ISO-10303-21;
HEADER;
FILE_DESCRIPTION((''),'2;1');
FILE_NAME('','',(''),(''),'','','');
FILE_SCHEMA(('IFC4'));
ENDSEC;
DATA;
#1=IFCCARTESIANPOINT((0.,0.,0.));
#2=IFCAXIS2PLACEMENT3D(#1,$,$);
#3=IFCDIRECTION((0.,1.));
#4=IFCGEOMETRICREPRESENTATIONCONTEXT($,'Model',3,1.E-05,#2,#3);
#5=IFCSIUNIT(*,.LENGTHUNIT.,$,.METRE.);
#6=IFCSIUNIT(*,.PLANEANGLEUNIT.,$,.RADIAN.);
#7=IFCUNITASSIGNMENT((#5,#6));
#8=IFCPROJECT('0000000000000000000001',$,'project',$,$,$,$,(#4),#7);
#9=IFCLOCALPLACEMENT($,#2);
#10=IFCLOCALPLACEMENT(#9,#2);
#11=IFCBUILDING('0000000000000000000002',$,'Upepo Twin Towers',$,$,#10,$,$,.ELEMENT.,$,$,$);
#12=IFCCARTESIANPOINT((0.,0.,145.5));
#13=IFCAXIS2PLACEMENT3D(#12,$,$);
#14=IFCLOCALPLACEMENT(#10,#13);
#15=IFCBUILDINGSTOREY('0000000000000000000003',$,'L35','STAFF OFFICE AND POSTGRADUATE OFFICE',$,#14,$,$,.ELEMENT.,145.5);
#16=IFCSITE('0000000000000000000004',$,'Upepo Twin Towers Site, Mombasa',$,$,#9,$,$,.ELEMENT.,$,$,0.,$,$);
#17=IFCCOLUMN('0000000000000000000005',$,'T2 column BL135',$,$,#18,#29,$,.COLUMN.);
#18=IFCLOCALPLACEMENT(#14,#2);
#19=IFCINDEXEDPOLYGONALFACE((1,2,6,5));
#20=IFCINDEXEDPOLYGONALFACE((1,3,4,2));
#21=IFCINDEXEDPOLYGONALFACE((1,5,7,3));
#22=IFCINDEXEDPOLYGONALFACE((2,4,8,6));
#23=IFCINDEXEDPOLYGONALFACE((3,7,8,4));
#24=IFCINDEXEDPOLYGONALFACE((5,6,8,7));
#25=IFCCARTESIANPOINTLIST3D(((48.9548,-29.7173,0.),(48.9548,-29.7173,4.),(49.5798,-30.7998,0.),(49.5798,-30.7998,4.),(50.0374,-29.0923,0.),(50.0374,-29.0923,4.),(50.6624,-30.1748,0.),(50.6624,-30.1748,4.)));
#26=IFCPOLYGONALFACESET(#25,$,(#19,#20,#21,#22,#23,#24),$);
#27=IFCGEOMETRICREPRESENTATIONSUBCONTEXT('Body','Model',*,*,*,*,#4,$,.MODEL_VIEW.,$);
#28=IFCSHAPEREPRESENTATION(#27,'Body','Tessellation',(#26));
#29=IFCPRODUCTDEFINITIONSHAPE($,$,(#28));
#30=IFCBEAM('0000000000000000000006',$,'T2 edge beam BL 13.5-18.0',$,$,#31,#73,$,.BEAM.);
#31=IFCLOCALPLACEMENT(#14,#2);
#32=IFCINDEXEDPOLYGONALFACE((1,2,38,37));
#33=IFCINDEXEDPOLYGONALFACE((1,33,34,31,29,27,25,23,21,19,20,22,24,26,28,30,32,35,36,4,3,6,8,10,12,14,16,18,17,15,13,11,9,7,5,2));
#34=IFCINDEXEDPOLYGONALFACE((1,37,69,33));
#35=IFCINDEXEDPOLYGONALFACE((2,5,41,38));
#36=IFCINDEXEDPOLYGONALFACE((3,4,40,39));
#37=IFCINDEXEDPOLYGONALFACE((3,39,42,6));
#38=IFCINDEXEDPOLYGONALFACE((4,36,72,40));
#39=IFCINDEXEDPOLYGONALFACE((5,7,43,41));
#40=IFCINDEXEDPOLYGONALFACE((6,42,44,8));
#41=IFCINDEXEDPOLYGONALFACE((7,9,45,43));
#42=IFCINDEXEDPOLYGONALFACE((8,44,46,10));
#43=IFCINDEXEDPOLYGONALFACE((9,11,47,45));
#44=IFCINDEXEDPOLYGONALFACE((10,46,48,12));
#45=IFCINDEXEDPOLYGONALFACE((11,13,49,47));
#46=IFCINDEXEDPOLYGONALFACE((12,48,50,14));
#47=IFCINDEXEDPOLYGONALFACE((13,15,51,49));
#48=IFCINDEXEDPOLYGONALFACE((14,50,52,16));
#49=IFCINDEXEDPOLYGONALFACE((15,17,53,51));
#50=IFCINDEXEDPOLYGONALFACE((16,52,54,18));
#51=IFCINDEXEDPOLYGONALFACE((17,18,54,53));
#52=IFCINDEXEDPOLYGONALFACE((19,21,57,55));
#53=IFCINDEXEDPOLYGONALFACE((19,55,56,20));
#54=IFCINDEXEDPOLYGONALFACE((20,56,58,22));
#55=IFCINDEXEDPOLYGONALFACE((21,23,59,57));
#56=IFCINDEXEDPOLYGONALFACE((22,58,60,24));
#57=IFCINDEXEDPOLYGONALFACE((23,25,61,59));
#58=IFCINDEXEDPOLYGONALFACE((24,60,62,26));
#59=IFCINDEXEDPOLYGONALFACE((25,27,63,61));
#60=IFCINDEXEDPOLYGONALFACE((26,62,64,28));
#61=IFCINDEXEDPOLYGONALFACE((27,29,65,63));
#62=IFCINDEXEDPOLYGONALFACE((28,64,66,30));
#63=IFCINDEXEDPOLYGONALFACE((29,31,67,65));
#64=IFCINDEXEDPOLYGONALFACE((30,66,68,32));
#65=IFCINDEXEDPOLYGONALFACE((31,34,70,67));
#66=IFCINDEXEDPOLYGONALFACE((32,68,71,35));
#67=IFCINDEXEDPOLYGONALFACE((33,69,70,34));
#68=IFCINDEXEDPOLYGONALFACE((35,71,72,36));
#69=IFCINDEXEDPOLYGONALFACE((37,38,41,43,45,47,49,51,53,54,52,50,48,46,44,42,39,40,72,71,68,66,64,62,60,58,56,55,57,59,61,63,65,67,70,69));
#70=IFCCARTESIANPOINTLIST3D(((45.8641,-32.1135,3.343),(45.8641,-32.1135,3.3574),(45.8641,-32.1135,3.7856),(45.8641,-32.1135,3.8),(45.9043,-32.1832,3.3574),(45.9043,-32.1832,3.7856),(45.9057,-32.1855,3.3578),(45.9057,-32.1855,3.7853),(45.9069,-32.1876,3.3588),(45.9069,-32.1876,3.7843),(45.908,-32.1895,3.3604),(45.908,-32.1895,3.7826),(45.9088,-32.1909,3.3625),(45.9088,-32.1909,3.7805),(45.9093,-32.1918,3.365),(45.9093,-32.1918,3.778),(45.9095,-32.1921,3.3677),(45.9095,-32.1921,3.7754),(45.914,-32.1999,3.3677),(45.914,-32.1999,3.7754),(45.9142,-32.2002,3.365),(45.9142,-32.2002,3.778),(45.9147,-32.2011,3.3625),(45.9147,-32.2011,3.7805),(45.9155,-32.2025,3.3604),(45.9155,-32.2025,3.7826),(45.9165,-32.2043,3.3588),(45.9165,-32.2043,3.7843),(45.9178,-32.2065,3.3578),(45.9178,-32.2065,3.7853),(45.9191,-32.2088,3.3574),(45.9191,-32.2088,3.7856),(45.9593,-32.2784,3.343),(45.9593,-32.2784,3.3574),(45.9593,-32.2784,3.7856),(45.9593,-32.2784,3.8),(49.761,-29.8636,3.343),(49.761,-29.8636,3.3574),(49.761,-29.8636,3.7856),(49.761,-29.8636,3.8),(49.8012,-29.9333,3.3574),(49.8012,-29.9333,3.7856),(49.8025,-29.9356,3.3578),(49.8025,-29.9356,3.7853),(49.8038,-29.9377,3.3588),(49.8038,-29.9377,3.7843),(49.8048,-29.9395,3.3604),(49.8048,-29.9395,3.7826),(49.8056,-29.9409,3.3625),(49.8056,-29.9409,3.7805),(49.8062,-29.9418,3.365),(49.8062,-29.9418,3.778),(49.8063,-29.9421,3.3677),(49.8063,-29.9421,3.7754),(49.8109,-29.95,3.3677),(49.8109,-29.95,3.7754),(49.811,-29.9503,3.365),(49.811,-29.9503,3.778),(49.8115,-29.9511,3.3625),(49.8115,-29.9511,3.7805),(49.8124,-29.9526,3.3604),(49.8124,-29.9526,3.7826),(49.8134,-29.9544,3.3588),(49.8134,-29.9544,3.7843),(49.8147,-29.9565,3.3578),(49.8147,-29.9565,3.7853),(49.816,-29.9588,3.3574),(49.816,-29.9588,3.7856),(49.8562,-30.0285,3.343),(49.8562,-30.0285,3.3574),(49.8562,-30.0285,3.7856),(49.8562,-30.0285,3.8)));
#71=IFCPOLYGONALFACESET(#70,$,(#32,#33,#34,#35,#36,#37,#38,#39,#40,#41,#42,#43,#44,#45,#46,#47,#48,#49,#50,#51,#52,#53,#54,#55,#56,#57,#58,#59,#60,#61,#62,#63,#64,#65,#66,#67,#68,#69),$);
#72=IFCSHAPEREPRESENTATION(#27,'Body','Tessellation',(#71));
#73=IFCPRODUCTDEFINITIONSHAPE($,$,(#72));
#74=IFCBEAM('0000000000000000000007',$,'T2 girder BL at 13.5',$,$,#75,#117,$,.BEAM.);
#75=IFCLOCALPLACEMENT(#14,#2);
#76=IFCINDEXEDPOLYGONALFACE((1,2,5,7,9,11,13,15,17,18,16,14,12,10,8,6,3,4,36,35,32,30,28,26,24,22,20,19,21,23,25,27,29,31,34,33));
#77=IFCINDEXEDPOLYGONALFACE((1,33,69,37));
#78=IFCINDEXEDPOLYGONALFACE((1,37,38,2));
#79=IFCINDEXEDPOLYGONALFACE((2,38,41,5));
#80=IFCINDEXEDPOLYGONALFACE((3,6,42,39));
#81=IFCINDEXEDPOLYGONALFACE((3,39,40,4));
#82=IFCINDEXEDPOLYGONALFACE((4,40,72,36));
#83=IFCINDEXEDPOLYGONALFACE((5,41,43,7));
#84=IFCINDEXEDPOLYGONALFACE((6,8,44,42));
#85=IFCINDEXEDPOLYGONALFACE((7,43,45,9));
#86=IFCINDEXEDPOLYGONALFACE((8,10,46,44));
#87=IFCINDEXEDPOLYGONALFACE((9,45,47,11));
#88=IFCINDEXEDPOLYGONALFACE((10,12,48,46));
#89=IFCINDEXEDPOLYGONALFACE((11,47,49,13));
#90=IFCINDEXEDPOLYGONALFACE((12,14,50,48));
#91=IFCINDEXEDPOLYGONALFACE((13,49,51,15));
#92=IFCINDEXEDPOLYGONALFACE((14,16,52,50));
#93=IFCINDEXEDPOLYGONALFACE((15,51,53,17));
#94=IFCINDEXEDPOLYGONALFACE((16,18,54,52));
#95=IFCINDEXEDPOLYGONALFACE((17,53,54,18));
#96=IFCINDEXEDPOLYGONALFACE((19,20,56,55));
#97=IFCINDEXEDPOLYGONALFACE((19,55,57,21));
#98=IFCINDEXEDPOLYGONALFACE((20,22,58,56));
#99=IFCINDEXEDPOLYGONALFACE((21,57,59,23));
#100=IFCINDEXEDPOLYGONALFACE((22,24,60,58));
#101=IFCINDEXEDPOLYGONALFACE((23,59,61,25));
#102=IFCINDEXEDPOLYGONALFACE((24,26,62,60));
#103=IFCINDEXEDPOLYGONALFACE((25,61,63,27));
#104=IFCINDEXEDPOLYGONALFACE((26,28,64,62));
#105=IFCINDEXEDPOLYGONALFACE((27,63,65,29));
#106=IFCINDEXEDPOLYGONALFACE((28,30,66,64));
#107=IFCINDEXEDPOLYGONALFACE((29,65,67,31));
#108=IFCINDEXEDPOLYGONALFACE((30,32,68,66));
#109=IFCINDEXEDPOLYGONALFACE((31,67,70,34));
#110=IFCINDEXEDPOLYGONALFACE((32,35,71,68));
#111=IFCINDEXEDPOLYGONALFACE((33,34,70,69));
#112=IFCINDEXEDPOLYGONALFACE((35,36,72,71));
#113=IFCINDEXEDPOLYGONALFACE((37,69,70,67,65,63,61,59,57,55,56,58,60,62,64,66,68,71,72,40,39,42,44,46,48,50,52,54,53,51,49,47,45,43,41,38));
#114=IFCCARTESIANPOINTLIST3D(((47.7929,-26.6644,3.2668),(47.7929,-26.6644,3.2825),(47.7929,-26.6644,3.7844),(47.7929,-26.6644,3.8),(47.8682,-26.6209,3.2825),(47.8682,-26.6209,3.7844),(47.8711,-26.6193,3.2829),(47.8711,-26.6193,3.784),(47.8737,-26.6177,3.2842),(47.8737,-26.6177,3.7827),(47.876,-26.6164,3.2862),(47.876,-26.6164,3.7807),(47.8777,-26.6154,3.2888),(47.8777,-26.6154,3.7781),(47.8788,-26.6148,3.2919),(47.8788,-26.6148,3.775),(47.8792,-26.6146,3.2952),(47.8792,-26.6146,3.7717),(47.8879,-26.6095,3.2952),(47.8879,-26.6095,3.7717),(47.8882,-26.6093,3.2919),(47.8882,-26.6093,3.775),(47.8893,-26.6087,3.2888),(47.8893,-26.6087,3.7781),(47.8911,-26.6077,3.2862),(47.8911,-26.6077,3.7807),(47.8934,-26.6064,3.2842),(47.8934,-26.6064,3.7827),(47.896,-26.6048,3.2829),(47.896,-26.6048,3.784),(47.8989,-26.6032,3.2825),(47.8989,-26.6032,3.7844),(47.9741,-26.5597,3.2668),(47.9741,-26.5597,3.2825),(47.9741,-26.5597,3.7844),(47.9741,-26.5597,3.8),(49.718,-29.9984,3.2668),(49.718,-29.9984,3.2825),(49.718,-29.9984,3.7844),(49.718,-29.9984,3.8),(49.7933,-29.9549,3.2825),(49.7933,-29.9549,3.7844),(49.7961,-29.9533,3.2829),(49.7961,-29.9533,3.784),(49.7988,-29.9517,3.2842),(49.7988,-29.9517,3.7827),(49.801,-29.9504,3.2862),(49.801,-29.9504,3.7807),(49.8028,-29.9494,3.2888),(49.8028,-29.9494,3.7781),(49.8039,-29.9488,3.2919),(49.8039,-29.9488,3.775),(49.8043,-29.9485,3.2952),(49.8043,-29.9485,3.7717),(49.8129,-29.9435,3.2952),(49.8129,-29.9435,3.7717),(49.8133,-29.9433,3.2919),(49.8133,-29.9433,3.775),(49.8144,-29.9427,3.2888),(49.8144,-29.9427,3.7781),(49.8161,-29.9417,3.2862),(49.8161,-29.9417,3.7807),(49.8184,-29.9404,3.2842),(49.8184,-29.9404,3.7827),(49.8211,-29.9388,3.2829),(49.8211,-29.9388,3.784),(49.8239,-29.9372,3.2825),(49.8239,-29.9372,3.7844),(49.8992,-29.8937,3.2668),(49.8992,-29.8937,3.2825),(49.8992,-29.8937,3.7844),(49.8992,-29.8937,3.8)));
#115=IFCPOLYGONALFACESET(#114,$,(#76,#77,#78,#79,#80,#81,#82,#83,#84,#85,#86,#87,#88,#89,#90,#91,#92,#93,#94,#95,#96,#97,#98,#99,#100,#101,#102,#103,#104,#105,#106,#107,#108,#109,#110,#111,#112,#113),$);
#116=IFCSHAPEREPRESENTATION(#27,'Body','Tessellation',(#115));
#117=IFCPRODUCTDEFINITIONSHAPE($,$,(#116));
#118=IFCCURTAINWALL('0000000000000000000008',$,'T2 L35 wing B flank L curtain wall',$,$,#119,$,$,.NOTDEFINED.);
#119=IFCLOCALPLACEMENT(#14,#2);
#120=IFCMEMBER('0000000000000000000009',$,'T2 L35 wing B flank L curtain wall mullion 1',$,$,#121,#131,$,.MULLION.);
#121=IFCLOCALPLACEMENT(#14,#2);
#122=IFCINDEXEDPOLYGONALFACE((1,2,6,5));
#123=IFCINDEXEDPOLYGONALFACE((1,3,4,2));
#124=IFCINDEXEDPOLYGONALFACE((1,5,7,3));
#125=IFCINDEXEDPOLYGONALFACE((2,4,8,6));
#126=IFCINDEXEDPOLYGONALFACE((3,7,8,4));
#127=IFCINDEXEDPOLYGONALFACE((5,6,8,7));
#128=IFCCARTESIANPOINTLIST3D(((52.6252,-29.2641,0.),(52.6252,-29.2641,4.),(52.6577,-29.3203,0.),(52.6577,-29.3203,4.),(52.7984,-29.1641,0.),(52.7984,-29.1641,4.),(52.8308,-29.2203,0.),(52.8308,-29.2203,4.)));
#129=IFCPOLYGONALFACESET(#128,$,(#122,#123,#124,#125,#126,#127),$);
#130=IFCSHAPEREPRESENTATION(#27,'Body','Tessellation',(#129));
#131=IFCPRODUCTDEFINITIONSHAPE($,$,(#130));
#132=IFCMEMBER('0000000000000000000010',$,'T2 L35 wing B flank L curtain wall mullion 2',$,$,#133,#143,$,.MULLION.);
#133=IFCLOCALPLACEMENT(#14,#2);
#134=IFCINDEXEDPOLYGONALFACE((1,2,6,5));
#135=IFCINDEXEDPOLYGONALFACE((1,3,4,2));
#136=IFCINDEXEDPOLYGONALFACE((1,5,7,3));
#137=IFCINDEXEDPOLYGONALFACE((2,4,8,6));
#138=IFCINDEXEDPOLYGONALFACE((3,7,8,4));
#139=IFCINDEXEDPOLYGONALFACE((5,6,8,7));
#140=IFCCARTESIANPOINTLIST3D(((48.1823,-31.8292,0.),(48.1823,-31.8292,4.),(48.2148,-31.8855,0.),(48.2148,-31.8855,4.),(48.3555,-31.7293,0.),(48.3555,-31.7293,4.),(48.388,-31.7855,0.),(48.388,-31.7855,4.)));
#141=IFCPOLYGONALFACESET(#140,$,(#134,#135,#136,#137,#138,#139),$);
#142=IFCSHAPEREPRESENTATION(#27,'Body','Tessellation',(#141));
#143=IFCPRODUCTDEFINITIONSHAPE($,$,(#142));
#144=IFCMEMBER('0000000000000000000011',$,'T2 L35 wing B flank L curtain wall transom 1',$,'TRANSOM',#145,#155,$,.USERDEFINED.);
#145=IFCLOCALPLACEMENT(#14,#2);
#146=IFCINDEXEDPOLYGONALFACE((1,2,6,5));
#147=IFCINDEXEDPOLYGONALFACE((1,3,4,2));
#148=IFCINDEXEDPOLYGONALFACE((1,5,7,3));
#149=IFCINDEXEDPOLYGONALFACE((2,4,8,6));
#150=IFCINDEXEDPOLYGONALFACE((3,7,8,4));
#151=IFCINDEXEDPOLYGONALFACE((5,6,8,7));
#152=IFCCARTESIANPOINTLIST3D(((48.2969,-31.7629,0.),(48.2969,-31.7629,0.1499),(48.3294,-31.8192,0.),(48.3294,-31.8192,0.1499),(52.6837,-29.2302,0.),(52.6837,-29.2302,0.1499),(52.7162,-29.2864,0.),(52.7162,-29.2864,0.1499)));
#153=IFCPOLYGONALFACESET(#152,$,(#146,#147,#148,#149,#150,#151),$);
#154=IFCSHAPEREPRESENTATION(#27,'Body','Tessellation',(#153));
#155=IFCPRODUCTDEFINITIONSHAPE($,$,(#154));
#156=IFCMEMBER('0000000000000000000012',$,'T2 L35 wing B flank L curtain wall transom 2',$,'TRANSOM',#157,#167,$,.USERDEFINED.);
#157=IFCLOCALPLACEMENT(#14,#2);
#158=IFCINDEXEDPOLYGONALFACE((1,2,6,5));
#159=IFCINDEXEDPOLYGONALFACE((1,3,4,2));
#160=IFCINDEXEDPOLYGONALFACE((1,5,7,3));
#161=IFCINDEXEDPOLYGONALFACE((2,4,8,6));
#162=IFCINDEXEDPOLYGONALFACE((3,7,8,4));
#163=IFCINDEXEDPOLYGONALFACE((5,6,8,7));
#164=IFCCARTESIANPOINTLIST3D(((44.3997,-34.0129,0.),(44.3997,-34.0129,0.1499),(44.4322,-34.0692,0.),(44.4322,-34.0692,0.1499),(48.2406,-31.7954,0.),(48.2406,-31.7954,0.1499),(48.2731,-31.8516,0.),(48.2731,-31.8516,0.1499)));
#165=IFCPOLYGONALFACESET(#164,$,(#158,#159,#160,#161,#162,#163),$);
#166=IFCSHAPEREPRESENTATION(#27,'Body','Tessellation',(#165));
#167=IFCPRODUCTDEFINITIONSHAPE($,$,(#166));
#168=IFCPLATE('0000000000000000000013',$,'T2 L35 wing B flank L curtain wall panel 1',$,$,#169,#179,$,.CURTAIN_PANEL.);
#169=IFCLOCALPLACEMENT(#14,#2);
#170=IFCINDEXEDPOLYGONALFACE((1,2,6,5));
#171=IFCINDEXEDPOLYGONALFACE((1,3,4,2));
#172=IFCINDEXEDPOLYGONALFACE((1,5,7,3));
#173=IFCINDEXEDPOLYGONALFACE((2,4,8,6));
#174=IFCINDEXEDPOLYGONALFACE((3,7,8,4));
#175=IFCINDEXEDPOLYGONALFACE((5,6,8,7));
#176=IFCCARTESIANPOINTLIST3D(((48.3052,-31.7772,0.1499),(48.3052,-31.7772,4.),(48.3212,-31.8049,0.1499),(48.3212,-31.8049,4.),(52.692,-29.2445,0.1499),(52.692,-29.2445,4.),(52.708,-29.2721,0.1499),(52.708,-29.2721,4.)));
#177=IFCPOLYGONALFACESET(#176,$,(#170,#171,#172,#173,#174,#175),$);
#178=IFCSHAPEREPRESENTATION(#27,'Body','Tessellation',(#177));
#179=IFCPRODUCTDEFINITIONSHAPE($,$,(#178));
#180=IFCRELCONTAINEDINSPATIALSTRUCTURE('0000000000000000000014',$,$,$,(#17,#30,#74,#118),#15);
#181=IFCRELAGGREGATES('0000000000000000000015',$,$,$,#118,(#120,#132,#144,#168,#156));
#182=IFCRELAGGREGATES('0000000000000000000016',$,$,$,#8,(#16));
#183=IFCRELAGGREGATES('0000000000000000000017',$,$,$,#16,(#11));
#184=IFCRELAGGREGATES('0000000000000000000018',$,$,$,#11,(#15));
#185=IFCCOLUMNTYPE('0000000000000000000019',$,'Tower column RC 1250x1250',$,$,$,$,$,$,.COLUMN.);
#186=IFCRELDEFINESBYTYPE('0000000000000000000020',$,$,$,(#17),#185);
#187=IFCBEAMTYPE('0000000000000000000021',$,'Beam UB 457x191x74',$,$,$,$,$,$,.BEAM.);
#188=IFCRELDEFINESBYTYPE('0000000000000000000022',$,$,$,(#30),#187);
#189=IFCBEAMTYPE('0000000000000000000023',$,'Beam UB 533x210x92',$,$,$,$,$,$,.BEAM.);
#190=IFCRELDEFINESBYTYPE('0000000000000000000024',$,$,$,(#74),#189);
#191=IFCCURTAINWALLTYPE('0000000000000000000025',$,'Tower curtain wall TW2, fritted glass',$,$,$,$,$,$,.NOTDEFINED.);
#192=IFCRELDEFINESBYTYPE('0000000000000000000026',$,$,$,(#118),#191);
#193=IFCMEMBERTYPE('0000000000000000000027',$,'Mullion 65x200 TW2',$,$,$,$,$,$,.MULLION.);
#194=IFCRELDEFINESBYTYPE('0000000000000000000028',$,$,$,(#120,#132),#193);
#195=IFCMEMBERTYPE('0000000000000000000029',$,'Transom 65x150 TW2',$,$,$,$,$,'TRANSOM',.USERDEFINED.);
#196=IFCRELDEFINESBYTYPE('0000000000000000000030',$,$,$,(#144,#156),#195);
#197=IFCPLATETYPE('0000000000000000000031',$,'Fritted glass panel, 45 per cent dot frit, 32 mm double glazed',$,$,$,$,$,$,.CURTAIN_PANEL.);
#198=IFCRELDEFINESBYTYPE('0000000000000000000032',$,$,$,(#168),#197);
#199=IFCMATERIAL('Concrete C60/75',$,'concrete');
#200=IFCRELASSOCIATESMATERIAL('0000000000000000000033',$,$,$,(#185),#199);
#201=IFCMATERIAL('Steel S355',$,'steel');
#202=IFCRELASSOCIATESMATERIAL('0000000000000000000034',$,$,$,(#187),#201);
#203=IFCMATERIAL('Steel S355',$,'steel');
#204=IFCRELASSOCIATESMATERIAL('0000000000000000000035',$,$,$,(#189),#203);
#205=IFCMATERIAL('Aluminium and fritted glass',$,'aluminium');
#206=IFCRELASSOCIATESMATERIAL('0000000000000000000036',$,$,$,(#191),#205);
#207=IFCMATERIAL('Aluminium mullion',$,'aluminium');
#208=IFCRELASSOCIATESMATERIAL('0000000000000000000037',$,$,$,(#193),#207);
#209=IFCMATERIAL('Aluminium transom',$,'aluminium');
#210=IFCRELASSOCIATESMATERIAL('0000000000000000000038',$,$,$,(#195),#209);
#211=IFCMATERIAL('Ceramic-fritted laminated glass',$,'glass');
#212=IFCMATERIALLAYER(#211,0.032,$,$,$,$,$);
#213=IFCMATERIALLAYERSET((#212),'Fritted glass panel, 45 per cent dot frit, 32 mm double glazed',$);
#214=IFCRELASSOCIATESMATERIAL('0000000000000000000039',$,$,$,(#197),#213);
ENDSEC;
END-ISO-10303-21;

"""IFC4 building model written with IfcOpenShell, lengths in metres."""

from ifc_helpers import new_model, si_unit, direction, frame, origin, origin_2d, place, context, subcontext, project, spatial, rectangle, i_section, extrude, material, layer, layer_set, material_profile, profile_set, type_object, element, aggregate, save


model = new_model("IFC4")

# Units and contexts
model_context = context("Model", 3, precision=1e-05, world=origin(), true_north=direction((0.0, 1.0)))
body_context = subcontext(model_context, "Body", "Model", "MODEL_VIEW")
ifc_project = project(units=[si_unit("LENGTHUNIT", "METRE"), si_unit("PLANEANGLEUNIT", "RADIAN")], contexts=[model_context])

# Site, building, storey
site_placement = place(None, origin())
site = spatial("IfcSite", under=ifc_project, at=site_placement, Name="Upepo Twin Towers Site, Mombasa", CompositionType="ELEMENT", RefElevation=0.0)
building_placement = place(site_placement, origin())
building = spatial("IfcBuilding", under=site, at=building_placement, Name="Upepo Twin Towers", CompositionType="ELEMENT")
storey_placement = place(building_placement, frame((0.0, 0.0, 145.5)))
storey = spatial("IfcBuildingStorey", under=building, at=storey_placement, Name="L35", Description="STAFF OFFICE AND POSTGRADUATE OFFICE", CompositionType="ELEMENT", Elevation=145.5)

# Column
ifc_material_1 = material(Name="Concrete C60/75", Category="concrete")
ifc_material_profile_1 = material_profile(ifc_material_1, rectangle(XDim=1.25, YDim=1.25, at=origin_2d()), Name="RC 1250x1250")
ifc_profile_set_1 = profile_set([ifc_material_profile_1], Name="Concrete C60/75")
column_type = type_object("IfcColumnType", Name="Tower column RC 1250x1250", PredefinedType="COLUMN", material=ifc_profile_set_1)
column_placement = place(storey_placement, frame((49.8086, -29.946, 0.0), z_axis=(0.0, 0.0, 1.0), x_axis=(0.866025, 0.5, 0.0)))
element("IfcColumn", 1, at=column_placement, inside=storey, type_object=column_type, Name="T2 column BL135", PredefinedType="COLUMN", context=body_context, shape_type="SweptSolid", body=[
    extrude(rectangle(XDim=1.25, YDim=1.25, at=origin_2d()), origin(), (0.0, 0.0, 1.0), 4.0),
])

# Beams
ifc_material_2 = material(Name="Steel S355", Category="steel")
ifc_material_profile_2 = material_profile(ifc_material_2, i_section(OverallWidth=0.1904, OverallDepth=0.457, WebThickness=0.009, FlangeThickness=0.0144, FilletRadius=0.0103, at=origin_2d()), Name="UB 457x191x74")
ifc_profile_set_2 = profile_set([ifc_material_profile_2], Name="Steel S355")
beam_type_1 = type_object("IfcBeamType", Name="Beam UB 457x191x74", PredefinedType="BEAM", material=ifc_profile_set_2)
beam_1_placement = place(storey_placement, frame((49.8086, -29.946, 3.5715), z_axis=(-0.866018, -0.500014, 0.0), x_axis=(0.500014, -0.866018, 0.0)))
element("IfcBeam", 2, at=beam_1_placement, inside=storey, type_object=beam_type_1, Name="T2 edge beam BL 13.5-18.0", PredefinedType="BEAM", context=body_context, shape_type="SweptSolid", body=[
    extrude(i_section(OverallWidth=0.1904, OverallDepth=0.457, WebThickness=0.009, FlangeThickness=0.0144, FilletRadius=0.0103, at=origin_2d()), origin(), (0.0, 0.0, 1.0), 4.4998),
])
ifc_material_3 = material(Name="Steel S355", Category="steel")
ifc_material_profile_3 = material_profile(ifc_material_3, i_section(OverallWidth=0.2092, OverallDepth=0.5332, WebThickness=0.01, FlangeThickness=0.0156, FilletRadius=0.0127, at=origin_2d()), Name="UB 533x210x92")
ifc_profile_set_3 = profile_set([ifc_material_profile_3], Name="Steel S355")
beam_type_2 = type_object("IfcBeamType", Name="Beam UB 533x210x92", PredefinedType="BEAM", material=ifc_profile_set_3)
beam_2_placement = place(storey_placement, frame((49.8086, -29.946, 3.5334), z_axis=(-0.500034, 0.866006, 0.0), x_axis=(-0.866006, -0.500034, 0.0)))
element("IfcBeam", 3, at=beam_2_placement, inside=storey, type_object=beam_type_2, Name="T2 girder BL at 13.5", PredefinedType="BEAM", context=body_context, shape_type="SweptSolid", body=[
    extrude(i_section(OverallWidth=0.2092, OverallDepth=0.5332, WebThickness=0.01, FlangeThickness=0.0156, FilletRadius=0.0127, at=origin_2d()), origin(), (0.0, 0.0, 1.0), 3.8499),
])

# Curtain wall, members, plate
ifc_material_4 = material(Name="Aluminium and fritted glass", Category="aluminium")
curtain_wall_type = type_object("IfcCurtainWallType", Name="Tower curtain wall TW2, fritted glass", PredefinedType="NOTDEFINED", material=ifc_material_4)
curtain_wall_placement = place(storey_placement, origin())
curtain_wall = element("IfcCurtainWall", 4, at=curtain_wall_placement, inside=storey, type_object=curtain_wall_type, Name="T2 L35 wing B flank L curtain wall", PredefinedType="NOTDEFINED")
ifc_material_5 = material(Name="Aluminium mullion", Category="aluminium")
ifc_material_profile_4 = material_profile(ifc_material_5, rectangle(XDim=0.0649, YDim=0.2, at=origin_2d()), Name="MULLION 65x200")
ifc_profile_set_4 = profile_set([ifc_material_profile_4], Name="Aluminium mullion")
member_type_1 = type_object("IfcMemberType", Name="Mullion 65x200 TW2", PredefinedType="MULLION", material=ifc_profile_set_4)
member_1_placement = place(storey_placement, frame((52.728, -29.2422, 0.0), z_axis=(0.0, 0.0, 1.0), x_axis=(0.5, -0.866025, 0.0)))
member_1 = element("IfcMember", 5, at=member_1_placement, type_object=member_type_1, Name="T2 L35 wing B flank L curtain wall mullion 1", PredefinedType="MULLION", context=body_context, shape_type="SweptSolid", body=[
    extrude(rectangle(XDim=0.0649, YDim=0.2, at=origin_2d()), origin(), (0.0, 0.0, 1.0), 4.0),
])
member_2_placement = place(storey_placement, frame((48.2852, -31.8074, 0.0), z_axis=(0.0, 0.0, 1.0), x_axis=(0.5, -0.866025, 0.0)))
member_2 = element("IfcMember", 6, at=member_2_placement, type_object=member_type_1, Name="T2 L35 wing B flank L curtain wall mullion 2", PredefinedType="MULLION", context=body_context, shape_type="SweptSolid", body=[
    extrude(rectangle(XDim=0.0649, YDim=0.2, at=origin_2d()), origin(), (0.0, 0.0, 1.0), 4.0),
])
ifc_material_6 = material(Name="Aluminium transom", Category="aluminium")
ifc_material_profile_5 = material_profile(ifc_material_6, rectangle(XDim=0.0649, YDim=0.1499, at=origin_2d()), Name="TRANSOM 65x150")
ifc_profile_set_5 = profile_set([ifc_material_profile_5], Name="Aluminium transom")
member_type_2 = type_object("IfcMemberType", Name="Transom 65x150 TW2", ElementType="TRANSOM", PredefinedType="USERDEFINED", material=ifc_profile_set_5)
member_3_placement = place(storey_placement, frame((52.7, -29.2583, 0.075), z_axis=(-0.866022, -0.500006, 0.0), x_axis=(0.500006, -0.866022, 0.0)))
member_3 = element("IfcMember", 7, at=member_3_placement, type_object=member_type_2, Name="T2 L35 wing B flank L curtain wall transom 1", ObjectType="TRANSOM", PredefinedType="USERDEFINED", context=body_context, shape_type="SweptSolid", body=[
    extrude(rectangle(XDim=0.0649, YDim=0.1499, at=origin_2d()), origin(), (0.0, 0.0, 1.0), 5.0654),
])
member_4_placement = place(storey_placement, frame((48.2568, -31.8235, 0.075), z_axis=(-0.866022, -0.500005, 0.0), x_axis=(0.500005, -0.866022, 0.0)))
member_4 = element("IfcMember", 8, at=member_4_placement, type_object=member_type_2, Name="T2 L35 wing B flank L curtain wall transom 2", ObjectType="TRANSOM", PredefinedType="USERDEFINED", context=body_context, shape_type="SweptSolid", body=[
    extrude(rectangle(XDim=0.0649, YDim=0.1499, at=origin_2d()), origin(), (0.0, 0.0, 1.0), 4.4351),
])
ifc_material_7 = material(Name="Ceramic-fritted laminated glass", Category="glass")
ifc_layer_1 = layer(ifc_material_7, 0.032)
ifc_layer_set_1 = layer_set([ifc_layer_1], Name="Fritted glass panel, 45 per cent dot frit, 32 mm double glazed")
plate_type = type_object("IfcPlateType", Name="Fritted glass panel, 45 per cent dot frit, 32 mm double glazed", PredefinedType="CURTAIN_PANEL", material=ifc_layer_set_1)
plate_placement = place(storey_placement, frame((50.5066, -30.5247, 0.1499), z_axis=(0.0, 0.0, 1.0), x_axis=(-0.866025, -0.5, 0.0)))
plate = element("IfcPlate", 9, at=plate_placement, type_object=plate_type, Name="T2 L35 wing B flank L curtain wall panel 1", PredefinedType="CURTAIN_PANEL", context=body_context, shape_type="SweptSolid", body=[
    extrude(rectangle(XDim=5.0654, YDim=0.032, at=origin_2d()), origin(), (0.0, 0.0, 1.0), 3.8501),
])
aggregate(curtain_wall, [member_1, member_2, member_3, plate, member_4])

save(model, "model.ifc")
